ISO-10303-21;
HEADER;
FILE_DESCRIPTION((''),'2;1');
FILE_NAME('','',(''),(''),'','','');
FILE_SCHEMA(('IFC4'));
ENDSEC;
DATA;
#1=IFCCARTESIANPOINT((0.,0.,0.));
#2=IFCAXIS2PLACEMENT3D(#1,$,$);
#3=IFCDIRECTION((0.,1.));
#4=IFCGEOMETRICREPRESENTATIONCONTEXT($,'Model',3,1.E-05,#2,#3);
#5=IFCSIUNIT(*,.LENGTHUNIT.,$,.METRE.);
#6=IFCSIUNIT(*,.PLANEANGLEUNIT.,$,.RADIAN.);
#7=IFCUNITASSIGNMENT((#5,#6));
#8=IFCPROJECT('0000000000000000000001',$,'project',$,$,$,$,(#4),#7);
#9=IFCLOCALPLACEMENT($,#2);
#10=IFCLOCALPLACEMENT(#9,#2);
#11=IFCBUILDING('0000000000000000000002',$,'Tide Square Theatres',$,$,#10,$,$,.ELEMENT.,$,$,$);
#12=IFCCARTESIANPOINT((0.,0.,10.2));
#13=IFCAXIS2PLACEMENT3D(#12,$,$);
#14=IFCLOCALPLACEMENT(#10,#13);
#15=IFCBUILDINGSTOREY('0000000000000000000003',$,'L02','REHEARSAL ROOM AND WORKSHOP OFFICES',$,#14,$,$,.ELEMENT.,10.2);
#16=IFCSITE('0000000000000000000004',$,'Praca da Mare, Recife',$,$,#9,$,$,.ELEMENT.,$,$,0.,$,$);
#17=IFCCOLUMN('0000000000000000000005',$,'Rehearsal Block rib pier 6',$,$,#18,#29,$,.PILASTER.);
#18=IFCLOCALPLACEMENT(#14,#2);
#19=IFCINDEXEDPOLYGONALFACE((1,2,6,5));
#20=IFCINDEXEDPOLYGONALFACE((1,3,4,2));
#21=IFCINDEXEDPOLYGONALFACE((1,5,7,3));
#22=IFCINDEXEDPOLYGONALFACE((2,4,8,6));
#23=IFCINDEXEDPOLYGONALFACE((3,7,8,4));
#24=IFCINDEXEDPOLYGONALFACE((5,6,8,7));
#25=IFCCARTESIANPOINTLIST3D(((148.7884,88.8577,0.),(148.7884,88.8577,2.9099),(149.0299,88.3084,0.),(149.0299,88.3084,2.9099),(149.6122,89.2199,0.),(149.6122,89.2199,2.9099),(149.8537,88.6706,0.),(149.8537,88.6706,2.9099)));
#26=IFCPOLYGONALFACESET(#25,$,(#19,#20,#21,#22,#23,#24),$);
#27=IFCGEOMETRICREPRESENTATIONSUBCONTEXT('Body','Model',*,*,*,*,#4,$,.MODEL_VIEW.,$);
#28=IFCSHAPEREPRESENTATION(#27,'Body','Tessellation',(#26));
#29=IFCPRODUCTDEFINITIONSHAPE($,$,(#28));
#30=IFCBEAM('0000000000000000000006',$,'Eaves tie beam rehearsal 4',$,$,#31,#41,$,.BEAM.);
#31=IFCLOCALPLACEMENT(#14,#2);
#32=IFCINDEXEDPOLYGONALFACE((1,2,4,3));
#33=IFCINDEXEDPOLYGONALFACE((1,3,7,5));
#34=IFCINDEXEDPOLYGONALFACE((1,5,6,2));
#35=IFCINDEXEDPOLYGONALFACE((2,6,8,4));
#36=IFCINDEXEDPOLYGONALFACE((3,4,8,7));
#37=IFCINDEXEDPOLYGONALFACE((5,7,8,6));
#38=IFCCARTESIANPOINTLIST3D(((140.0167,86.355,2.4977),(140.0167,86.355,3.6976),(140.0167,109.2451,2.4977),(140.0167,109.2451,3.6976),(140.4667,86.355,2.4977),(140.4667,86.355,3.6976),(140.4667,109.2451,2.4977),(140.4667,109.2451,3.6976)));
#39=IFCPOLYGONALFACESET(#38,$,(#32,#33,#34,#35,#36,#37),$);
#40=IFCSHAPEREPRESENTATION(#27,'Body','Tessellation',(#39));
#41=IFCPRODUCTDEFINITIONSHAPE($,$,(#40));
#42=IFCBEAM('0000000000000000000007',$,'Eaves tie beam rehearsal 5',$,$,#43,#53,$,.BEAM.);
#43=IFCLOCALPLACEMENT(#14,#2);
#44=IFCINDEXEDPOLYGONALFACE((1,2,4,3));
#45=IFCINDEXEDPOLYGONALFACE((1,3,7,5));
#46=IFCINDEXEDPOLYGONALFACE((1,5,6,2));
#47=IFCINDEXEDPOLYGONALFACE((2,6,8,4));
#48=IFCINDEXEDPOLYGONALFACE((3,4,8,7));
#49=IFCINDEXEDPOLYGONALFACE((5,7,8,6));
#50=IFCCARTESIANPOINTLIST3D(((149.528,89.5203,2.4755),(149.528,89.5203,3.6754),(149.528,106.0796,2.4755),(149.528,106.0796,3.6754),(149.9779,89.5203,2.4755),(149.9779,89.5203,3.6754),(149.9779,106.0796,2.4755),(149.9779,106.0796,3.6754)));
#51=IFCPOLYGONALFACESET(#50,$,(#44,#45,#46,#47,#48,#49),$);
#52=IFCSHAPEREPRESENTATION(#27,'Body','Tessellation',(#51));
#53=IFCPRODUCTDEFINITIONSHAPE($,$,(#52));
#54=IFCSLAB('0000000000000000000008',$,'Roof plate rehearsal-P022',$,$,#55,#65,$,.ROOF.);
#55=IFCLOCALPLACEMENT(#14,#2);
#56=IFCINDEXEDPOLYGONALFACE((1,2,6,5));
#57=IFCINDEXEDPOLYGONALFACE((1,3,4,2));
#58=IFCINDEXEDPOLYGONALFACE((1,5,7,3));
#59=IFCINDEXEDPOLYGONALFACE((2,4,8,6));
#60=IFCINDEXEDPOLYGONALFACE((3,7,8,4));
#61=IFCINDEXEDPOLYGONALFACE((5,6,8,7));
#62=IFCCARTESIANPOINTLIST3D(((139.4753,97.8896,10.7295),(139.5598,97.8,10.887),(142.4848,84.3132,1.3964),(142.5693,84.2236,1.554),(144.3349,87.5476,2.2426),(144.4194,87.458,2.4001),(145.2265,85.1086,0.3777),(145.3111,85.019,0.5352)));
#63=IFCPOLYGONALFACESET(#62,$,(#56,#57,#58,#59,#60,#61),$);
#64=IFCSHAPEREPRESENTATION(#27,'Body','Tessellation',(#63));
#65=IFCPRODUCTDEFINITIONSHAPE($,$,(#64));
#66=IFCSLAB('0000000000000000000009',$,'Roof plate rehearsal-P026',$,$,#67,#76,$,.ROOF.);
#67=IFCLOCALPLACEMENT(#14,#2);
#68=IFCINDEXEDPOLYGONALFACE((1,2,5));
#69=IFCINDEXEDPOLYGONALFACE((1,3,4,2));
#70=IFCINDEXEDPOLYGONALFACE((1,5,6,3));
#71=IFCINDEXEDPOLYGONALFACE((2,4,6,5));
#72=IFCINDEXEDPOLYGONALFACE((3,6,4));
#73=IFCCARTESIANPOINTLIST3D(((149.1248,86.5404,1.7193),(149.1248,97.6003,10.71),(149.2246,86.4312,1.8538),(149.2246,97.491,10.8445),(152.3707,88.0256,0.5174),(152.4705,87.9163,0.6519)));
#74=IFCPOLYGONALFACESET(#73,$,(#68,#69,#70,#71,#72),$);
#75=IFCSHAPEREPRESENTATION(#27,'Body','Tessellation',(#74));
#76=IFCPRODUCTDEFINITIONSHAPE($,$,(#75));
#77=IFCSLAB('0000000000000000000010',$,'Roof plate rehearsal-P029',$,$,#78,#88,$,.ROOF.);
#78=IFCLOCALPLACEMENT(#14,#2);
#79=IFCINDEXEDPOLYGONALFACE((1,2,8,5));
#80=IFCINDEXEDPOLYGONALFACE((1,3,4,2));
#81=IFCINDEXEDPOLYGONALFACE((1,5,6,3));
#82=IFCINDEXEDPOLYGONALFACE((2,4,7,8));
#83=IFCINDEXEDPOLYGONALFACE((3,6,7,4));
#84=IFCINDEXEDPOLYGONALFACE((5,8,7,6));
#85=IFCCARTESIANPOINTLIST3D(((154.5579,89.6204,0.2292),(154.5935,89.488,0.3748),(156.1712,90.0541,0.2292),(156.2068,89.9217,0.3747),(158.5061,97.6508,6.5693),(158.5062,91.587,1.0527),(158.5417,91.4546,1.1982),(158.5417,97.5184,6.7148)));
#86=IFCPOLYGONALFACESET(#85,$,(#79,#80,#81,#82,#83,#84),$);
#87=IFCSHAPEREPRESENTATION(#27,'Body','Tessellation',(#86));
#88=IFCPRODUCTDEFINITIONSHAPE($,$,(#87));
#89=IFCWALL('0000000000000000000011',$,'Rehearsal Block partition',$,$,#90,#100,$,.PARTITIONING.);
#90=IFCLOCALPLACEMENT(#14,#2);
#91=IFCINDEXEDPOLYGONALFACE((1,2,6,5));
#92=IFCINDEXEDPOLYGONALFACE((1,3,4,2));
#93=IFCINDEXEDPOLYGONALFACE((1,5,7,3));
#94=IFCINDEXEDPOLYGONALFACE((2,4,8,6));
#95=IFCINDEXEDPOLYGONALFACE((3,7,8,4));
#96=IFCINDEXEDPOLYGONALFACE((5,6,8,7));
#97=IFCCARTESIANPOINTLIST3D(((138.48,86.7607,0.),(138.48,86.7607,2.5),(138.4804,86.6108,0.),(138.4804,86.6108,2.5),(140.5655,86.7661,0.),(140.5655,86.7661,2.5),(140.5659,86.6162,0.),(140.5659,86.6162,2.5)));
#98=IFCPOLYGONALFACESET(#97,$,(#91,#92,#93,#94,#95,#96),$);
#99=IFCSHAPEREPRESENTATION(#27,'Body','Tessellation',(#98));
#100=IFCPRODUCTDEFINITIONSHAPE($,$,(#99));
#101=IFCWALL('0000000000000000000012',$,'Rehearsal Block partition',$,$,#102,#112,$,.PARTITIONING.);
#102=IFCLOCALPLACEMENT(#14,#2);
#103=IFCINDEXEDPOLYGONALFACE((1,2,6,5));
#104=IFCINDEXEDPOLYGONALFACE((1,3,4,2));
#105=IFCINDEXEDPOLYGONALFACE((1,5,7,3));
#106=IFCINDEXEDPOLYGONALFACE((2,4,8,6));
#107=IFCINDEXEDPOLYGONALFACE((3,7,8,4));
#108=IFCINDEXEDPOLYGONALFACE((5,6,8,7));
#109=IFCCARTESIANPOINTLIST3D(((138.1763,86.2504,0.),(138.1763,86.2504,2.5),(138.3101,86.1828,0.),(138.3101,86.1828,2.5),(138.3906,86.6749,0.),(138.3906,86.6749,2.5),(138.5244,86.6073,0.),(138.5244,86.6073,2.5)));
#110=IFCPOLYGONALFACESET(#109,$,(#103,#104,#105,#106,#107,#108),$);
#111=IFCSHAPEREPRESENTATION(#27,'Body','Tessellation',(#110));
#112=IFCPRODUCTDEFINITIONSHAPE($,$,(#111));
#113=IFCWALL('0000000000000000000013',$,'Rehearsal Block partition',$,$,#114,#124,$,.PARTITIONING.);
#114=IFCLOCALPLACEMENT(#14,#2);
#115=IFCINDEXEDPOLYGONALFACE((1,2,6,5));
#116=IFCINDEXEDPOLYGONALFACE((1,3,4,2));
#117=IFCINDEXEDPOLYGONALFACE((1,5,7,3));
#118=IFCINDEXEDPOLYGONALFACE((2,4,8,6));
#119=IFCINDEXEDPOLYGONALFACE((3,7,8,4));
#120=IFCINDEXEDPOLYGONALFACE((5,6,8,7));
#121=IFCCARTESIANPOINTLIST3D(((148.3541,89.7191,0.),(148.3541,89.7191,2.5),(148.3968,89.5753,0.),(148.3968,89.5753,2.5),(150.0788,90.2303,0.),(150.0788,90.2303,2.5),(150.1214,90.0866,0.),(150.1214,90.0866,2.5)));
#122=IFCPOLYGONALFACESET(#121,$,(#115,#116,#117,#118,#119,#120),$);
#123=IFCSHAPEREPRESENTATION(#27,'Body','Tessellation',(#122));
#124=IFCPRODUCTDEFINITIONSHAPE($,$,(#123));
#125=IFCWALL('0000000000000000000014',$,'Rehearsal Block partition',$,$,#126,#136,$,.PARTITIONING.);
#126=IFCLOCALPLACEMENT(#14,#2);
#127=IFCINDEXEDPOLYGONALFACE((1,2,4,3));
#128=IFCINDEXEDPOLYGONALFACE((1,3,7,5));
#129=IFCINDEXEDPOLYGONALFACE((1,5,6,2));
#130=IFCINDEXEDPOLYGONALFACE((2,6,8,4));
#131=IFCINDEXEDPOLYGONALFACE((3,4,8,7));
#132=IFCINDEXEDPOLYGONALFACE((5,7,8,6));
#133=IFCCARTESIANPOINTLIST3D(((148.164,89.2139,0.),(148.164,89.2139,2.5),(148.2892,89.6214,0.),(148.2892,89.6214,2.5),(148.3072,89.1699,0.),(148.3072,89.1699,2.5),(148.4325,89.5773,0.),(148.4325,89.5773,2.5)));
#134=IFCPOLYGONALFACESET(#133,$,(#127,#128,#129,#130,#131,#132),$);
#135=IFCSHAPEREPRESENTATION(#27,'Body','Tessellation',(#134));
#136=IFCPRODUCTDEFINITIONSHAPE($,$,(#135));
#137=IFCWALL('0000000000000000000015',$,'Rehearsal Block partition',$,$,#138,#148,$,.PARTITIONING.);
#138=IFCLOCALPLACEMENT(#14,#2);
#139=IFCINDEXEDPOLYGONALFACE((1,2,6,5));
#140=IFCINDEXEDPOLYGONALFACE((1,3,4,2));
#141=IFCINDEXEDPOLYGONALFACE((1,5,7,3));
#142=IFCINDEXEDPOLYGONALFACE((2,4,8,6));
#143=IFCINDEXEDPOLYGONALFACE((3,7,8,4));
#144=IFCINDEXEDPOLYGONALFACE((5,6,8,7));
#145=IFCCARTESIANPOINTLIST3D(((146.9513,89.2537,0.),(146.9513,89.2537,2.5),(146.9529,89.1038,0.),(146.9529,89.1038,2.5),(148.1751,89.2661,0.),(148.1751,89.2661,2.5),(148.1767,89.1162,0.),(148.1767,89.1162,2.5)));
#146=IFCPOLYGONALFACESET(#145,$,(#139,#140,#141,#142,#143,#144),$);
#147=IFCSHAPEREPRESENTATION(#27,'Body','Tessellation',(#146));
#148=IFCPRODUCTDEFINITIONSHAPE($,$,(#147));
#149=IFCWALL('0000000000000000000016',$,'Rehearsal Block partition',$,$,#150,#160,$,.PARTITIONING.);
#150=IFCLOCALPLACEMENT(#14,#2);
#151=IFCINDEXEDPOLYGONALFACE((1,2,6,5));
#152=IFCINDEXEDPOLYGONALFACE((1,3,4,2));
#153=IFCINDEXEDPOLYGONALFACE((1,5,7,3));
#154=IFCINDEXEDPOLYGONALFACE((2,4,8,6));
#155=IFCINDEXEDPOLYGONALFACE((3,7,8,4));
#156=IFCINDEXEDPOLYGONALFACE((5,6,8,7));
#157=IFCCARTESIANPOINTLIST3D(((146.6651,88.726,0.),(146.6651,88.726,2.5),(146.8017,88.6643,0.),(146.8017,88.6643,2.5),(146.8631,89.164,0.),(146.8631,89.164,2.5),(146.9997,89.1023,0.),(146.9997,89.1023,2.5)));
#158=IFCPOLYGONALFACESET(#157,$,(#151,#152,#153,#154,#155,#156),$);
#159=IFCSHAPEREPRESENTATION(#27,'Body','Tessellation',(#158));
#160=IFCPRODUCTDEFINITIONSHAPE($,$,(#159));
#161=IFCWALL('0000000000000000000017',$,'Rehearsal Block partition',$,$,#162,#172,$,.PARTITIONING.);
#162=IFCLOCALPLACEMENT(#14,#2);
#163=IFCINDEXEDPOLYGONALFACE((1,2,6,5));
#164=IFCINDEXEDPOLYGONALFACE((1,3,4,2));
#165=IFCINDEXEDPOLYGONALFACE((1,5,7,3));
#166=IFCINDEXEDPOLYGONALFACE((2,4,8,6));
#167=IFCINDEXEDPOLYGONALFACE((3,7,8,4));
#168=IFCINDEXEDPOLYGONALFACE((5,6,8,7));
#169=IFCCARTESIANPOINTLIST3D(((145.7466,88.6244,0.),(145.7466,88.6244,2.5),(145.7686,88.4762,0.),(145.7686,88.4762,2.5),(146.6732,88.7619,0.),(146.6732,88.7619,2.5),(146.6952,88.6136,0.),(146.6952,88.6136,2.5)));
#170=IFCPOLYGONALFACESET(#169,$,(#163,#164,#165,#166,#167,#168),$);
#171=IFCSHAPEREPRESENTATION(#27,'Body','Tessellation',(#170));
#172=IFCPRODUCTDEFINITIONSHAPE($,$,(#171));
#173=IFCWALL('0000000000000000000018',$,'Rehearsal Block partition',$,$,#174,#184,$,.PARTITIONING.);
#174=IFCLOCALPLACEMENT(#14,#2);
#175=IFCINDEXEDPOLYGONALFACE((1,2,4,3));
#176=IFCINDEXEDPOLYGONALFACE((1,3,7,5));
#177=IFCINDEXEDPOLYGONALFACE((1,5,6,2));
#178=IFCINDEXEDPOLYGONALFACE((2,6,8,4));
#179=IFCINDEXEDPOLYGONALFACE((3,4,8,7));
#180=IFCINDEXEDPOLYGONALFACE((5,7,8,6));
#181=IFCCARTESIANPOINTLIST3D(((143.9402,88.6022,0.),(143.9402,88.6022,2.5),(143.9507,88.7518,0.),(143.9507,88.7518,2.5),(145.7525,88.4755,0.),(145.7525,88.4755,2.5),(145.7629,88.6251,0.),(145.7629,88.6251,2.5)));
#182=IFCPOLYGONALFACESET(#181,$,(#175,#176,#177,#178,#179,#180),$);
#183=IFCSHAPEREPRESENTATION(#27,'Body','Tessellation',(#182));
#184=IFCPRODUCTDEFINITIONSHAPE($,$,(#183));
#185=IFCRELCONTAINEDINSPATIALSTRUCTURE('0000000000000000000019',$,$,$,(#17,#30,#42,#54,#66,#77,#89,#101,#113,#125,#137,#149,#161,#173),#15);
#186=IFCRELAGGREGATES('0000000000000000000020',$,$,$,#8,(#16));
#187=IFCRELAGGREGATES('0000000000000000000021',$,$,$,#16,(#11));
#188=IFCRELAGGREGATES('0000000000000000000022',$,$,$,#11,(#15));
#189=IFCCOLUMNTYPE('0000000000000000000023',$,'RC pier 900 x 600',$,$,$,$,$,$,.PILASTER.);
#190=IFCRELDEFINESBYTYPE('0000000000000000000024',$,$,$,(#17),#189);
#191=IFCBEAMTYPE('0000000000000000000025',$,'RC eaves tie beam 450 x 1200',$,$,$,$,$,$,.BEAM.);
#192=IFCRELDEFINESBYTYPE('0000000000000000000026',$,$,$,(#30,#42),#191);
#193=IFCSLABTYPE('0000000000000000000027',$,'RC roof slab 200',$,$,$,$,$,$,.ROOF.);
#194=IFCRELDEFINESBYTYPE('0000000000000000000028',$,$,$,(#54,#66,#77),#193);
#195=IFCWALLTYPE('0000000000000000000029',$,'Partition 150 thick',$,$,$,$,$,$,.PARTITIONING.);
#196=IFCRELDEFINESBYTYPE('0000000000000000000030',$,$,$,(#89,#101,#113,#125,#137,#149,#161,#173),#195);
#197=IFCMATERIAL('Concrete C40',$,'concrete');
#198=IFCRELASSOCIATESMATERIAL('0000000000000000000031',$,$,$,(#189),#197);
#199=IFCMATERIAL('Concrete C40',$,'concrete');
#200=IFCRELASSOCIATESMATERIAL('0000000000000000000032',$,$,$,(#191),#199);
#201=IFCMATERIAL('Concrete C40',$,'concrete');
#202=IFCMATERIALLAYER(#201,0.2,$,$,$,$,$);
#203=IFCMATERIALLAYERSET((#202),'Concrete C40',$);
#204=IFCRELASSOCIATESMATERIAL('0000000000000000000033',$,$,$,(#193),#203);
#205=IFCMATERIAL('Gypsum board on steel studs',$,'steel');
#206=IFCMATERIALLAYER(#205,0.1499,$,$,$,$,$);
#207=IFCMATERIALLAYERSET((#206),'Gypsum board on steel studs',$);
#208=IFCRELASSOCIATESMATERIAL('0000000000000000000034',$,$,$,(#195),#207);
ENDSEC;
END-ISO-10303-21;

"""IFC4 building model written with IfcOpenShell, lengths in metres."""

from ifc_helpers import new_model, si_unit, direction, frame, frame_2d, origin, origin_2d, place, context, subcontext, project, spatial, polyline, rectangle, outline, extrude, material, layer, layer_set, material_profile, profile_set, type_object, element, save


model = new_model("IFC4")

# Units and contexts
model_context = context("Model", 3, precision=1e-05, world=origin(), true_north=direction((0.0, 1.0)))
body_context = subcontext(model_context, "Body", "Model", "MODEL_VIEW")
ifc_project = project(units=[si_unit("LENGTHUNIT", "METRE"), si_unit("PLANEANGLEUNIT", "RADIAN")], contexts=[model_context])

# Site, building, storey
site_placement = place(None, origin())
site = spatial("IfcSite", under=ifc_project, at=site_placement, Name="Praca da Mare, Recife", CompositionType="ELEMENT", RefElevation=0.0)
building_placement = place(site_placement, origin())
building = spatial("IfcBuilding", under=site, at=building_placement, Name="Tide Square Theatres", CompositionType="ELEMENT")
storey_placement = place(building_placement, frame((0.0, 0.0, 10.2)))
storey = spatial("IfcBuildingStorey", under=building, at=storey_placement, Name="L02", Description="REHEARSAL ROOM AND WORKSHOP OFFICES", CompositionType="ELEMENT", Elevation=10.2)

# Column
ifc_material_1 = material(Name="Concrete C40", Category="concrete")
ifc_material_profile_1 = material_profile(ifc_material_1, rectangle(XDim=0.8999, YDim=0.6001, at=origin_2d()))
ifc_profile_set_1 = profile_set([ifc_material_profile_1], Name="Concrete C40")
column_type = type_object("IfcColumnType", Name="RC pier 900 x 600", PredefinedType="PILASTER", material=ifc_profile_set_1)
column_placement = place(storey_placement, frame((149.321, 88.7642, 0.0), z_axis=(0.0, 0.0, 1.0), x_axis=(0.915419, 0.402502, 0.0)))
element("IfcColumn", 1, at=column_placement, inside=storey, type_object=column_type, Name="Rehearsal Block rib pier 6", PredefinedType="PILASTER", context=body_context, shape_type="SweptSolid", body=[
    extrude(rectangle(XDim=0.8999, YDim=0.6001, at=origin_2d()), origin(), (0.0, 0.0, 1.0), 2.9099),
])

# Beams
ifc_material_2 = material(Name="Concrete C40", Category="concrete")
ifc_material_profile_2 = material_profile(ifc_material_2, rectangle(XDim=0.45, YDim=1.2, at=origin_2d()))
ifc_profile_set_2 = profile_set([ifc_material_profile_2], Name="Concrete C40")
beam_type = type_object("IfcBeamType", Name="RC eaves tie beam 450 x 1200", PredefinedType="BEAM", material=ifc_profile_set_2)
beam_1_placement = place(storey_placement, frame((140.2417, 86.355, 3.0977), z_axis=(0.0, 1.0, 0.0), x_axis=(-1.0, 0.0, 0.0)))
element("IfcBeam", 2, at=beam_1_placement, inside=storey, type_object=beam_type, Name="Eaves tie beam rehearsal 4", PredefinedType="BEAM", context=body_context, shape_type="SweptSolid", body=[
    extrude(rectangle(XDim=0.45, YDim=1.2, at=origin_2d()), origin(), (0.0, 0.0, 1.0), 22.8901),
])
beam_2_placement = place(storey_placement, frame((149.7529, 89.5203, 3.0754), z_axis=(0.0, 1.0, 0.0), x_axis=(-1.0, 0.0, 0.0)))
element("IfcBeam", 3, at=beam_2_placement, inside=storey, type_object=beam_type, Name="Eaves tie beam rehearsal 5", PredefinedType="BEAM", context=body_context, shape_type="SweptSolid", body=[
    extrude(rectangle(XDim=0.45, YDim=1.2, at=origin_2d()), origin(), (0.0, 0.0, 1.0), 16.5593),
])

# Slabs
ifc_material_3 = material(Name="Concrete C40", Category="concrete")
ifc_layer_1 = layer(ifc_material_3, 0.2)
ifc_layer_set_1 = layer_set([ifc_layer_1], Name="Concrete C40")
slab_type = type_object("IfcSlabType", Name="RC roof slab 200", PredefinedType="ROOF", material=ifc_layer_set_1)
slab_1_placement = place(storey_placement, frame((144.4194, 87.458, 2.4001), z_axis=(0.422693, -0.447906, 0.787852), x_axis=(-0.341414, 0.726584, 0.596248)))
element("IfcSlab", 4, at=slab_1_placement, inside=storey, type_object=slab_type, Name="Roof plate rehearsal-P022", PredefinedType="ROOF", context=body_context, shape_type="SweptSolid", body=[
    extrude(outline(polyline([(0.0, 0.0), (14.2338, 0.0), (-2.2229, 3.1078), (-3.1885, 0.2346), (0.0, 0.0)])), origin(), (0.0, 0.0, -1.0), 0.2),
])
slab_2_placement = place(storey_placement, frame((152.4705, 87.9163, 0.6519), z_axis=(0.499083, -0.546612, 0.672407), x_axis=(-0.226094, 0.666939, 0.709981)))
element("IfcSlab", 5, at=slab_2_placement, inside=storey, type_object=slab_type, Name="Roof plate rehearsal-P026", PredefinedType="ROOF", context=body_context, shape_type="SweptSolid", body=[
    extrude(outline(polyline([(0.0, 0.0), (14.3562, 0.0), (0.5967, 3.7188), (0.0, 0.0)])), origin(), (0.0, 0.0, -1.0), 0.2),
])
slab_3_placement = place(storey_placement, frame((154.5935, 89.488, 0.3748), z_axis=(0.178014, -0.662194, 0.72788), x_axis=(0.965722, 0.259579, -0.000027)))
element("IfcSlab", 6, at=slab_3_placement, inside=storey, type_object=slab_type, Name="Roof plate rehearsal-P029", PredefinedType="ROOF", context=body_context, shape_type="SweptSolid", body=[
    extrude(outline(polyline([(0.0, 0.0), (1.6705, 0.0), (4.3234, 1.2011), (5.8972, 9.2463), (0.0, 0.0)])), origin(), (0.0, 0.0, -1.0), 0.2),
])

# Walls
ifc_material_4 = material(Name="Gypsum board on steel studs", Category="steel")
ifc_layer_2 = layer(ifc_material_4, 0.1499)
ifc_layer_set_2 = layer_set([ifc_layer_2], Name="Gypsum board on steel studs")
wall_type_1 = type_object("IfcWallType", Name="Partition 150 thick", PredefinedType="PARTITIONING", material=ifc_layer_set_2)
wall_1_placement = place(storey_placement, frame((140.5657, 86.6912, 0.0), z_axis=(0.0, 0.0, 1.0), x_axis=(-0.999997, -0.002576, 0.0)))
element("IfcWall", 7, at=wall_1_placement, inside=storey, type_object=wall_type_1, Name="Rehearsal Block partition", PredefinedType="PARTITIONING", context=body_context, shape_type="SweptSolid", body=[
    extrude(rectangle(XDim=2.0854, YDim=0.1499, at=frame_2d((1.0427, 0.0))), origin(), (0.0, 0.0, 1.0), 2.5),
])
wall_2_placement = place(storey_placement, frame((138.4575, 86.6411, 0.0), z_axis=(0.0, 0.0, 1.0), x_axis=(-0.450701, -0.892675, 0.0)))
element("IfcWall", 8, at=wall_2_placement, inside=storey, type_object=wall_type_1, Name="Rehearsal Block partition", PredefinedType="PARTITIONING", context=body_context, shape_type="SweptSolid", body=[
    extrude(rectangle(XDim=0.4756, YDim=0.1499, at=frame_2d((0.2378, 0.0))), origin(), (0.0, 0.0, 1.0), 2.5),
])
wall_3_placement = place(storey_placement, frame((150.1001, 90.1584, 0.0), z_axis=(0.0, 0.0, 1.0), x_axis=(-0.958763, -0.284208, 0.0)))
element("IfcWall", 9, at=wall_3_placement, inside=storey, type_object=wall_type_1, Name="Rehearsal Block partition", PredefinedType="PARTITIONING", context=body_context, shape_type="SweptSolid", body=[
    extrude(rectangle(XDim=1.7988, YDim=0.1499, at=frame_2d((0.8994, 0.0))), origin(), (0.0, 0.0, 1.0), 2.5),
])
wall_4_placement = place(storey_placement, frame((148.3608, 89.5994, 0.0), z_axis=(0.0, 0.0, 1.0), x_axis=(-0.293804, -0.955866, 0.0)))
element("IfcWall", 10, at=wall_4_placement, inside=storey, type_object=wall_type_1, Name="Rehearsal Block partition", PredefinedType="PARTITIONING", context=body_context, shape_type="SweptSolid", body=[
    extrude(rectangle(XDim=0.4263, YDim=0.1499, at=frame_2d((0.2131, 0.0))), origin(), (0.0, 0.0, 1.0), 2.5),
])
wall_5_placement = place(storey_placement, frame((148.1758, 89.1912, 0.0), z_axis=(0.0, 0.0, 1.0), x_axis=(-0.999948, -0.010173, 0.0)))
element("IfcWall", 11, at=wall_5_placement, inside=storey, type_object=wall_type_1, Name="Rehearsal Block partition", PredefinedType="PARTITIONING", context=body_context, shape_type="SweptSolid", body=[
    extrude(rectangle(XDim=1.2239, YDim=0.1499, at=frame_2d((0.6118, 0.0))), origin(), (0.0, 0.0, 1.0), 2.5),
])
wall_6_placement = place(storey_placement, frame((146.9314, 89.1331, 0.0), z_axis=(0.0, 0.0, 1.0), x_axis=(-0.411927, -0.911217, 0.0)))
element("IfcWall", 12, at=wall_6_placement, inside=storey, type_object=wall_type_1, Name="Rehearsal Block partition", PredefinedType="PARTITIONING", context=body_context, shape_type="SweptSolid", body=[
    extrude(rectangle(XDim=0.4807, YDim=0.1499, at=frame_2d((0.2402, 0.0))), origin(), (0.0, 0.0, 1.0), 2.5),
])
wall_7_placement = place(storey_placement, frame((146.6841, 88.6877, 0.0), z_axis=(0.0, 0.0, 1.0), x_axis=(-0.989174, -0.146747, 0.0)))
element("IfcWall", 13, at=wall_7_placement, inside=storey, type_object=wall_type_1, Name="Rehearsal Block partition", PredefinedType="PARTITIONING", context=body_context, shape_type="SweptSolid", body=[
    extrude(rectangle(XDim=0.9368, YDim=0.1499, at=frame_2d((0.4683, 0.0))), origin(), (0.0, 0.0, 1.0), 2.5),
])
wall_8_placement = place(storey_placement, frame((145.7576, 88.5503, 0.0), z_axis=(0.0, 0.0, 1.0), x_axis=(-0.997565, 0.069748, 0.0)))
element("IfcWall", 14, at=wall_8_placement, inside=storey, type_object=wall_type_1, Name="Rehearsal Block partition", PredefinedType="PARTITIONING", context=body_context, shape_type="SweptSolid", body=[
    extrude(rectangle(XDim=1.8167, YDim=0.1499, at=frame_2d((0.9082, 0.0))), origin(), (0.0, 0.0, 1.0), 2.5),
])

save(model, "model.ifc")
